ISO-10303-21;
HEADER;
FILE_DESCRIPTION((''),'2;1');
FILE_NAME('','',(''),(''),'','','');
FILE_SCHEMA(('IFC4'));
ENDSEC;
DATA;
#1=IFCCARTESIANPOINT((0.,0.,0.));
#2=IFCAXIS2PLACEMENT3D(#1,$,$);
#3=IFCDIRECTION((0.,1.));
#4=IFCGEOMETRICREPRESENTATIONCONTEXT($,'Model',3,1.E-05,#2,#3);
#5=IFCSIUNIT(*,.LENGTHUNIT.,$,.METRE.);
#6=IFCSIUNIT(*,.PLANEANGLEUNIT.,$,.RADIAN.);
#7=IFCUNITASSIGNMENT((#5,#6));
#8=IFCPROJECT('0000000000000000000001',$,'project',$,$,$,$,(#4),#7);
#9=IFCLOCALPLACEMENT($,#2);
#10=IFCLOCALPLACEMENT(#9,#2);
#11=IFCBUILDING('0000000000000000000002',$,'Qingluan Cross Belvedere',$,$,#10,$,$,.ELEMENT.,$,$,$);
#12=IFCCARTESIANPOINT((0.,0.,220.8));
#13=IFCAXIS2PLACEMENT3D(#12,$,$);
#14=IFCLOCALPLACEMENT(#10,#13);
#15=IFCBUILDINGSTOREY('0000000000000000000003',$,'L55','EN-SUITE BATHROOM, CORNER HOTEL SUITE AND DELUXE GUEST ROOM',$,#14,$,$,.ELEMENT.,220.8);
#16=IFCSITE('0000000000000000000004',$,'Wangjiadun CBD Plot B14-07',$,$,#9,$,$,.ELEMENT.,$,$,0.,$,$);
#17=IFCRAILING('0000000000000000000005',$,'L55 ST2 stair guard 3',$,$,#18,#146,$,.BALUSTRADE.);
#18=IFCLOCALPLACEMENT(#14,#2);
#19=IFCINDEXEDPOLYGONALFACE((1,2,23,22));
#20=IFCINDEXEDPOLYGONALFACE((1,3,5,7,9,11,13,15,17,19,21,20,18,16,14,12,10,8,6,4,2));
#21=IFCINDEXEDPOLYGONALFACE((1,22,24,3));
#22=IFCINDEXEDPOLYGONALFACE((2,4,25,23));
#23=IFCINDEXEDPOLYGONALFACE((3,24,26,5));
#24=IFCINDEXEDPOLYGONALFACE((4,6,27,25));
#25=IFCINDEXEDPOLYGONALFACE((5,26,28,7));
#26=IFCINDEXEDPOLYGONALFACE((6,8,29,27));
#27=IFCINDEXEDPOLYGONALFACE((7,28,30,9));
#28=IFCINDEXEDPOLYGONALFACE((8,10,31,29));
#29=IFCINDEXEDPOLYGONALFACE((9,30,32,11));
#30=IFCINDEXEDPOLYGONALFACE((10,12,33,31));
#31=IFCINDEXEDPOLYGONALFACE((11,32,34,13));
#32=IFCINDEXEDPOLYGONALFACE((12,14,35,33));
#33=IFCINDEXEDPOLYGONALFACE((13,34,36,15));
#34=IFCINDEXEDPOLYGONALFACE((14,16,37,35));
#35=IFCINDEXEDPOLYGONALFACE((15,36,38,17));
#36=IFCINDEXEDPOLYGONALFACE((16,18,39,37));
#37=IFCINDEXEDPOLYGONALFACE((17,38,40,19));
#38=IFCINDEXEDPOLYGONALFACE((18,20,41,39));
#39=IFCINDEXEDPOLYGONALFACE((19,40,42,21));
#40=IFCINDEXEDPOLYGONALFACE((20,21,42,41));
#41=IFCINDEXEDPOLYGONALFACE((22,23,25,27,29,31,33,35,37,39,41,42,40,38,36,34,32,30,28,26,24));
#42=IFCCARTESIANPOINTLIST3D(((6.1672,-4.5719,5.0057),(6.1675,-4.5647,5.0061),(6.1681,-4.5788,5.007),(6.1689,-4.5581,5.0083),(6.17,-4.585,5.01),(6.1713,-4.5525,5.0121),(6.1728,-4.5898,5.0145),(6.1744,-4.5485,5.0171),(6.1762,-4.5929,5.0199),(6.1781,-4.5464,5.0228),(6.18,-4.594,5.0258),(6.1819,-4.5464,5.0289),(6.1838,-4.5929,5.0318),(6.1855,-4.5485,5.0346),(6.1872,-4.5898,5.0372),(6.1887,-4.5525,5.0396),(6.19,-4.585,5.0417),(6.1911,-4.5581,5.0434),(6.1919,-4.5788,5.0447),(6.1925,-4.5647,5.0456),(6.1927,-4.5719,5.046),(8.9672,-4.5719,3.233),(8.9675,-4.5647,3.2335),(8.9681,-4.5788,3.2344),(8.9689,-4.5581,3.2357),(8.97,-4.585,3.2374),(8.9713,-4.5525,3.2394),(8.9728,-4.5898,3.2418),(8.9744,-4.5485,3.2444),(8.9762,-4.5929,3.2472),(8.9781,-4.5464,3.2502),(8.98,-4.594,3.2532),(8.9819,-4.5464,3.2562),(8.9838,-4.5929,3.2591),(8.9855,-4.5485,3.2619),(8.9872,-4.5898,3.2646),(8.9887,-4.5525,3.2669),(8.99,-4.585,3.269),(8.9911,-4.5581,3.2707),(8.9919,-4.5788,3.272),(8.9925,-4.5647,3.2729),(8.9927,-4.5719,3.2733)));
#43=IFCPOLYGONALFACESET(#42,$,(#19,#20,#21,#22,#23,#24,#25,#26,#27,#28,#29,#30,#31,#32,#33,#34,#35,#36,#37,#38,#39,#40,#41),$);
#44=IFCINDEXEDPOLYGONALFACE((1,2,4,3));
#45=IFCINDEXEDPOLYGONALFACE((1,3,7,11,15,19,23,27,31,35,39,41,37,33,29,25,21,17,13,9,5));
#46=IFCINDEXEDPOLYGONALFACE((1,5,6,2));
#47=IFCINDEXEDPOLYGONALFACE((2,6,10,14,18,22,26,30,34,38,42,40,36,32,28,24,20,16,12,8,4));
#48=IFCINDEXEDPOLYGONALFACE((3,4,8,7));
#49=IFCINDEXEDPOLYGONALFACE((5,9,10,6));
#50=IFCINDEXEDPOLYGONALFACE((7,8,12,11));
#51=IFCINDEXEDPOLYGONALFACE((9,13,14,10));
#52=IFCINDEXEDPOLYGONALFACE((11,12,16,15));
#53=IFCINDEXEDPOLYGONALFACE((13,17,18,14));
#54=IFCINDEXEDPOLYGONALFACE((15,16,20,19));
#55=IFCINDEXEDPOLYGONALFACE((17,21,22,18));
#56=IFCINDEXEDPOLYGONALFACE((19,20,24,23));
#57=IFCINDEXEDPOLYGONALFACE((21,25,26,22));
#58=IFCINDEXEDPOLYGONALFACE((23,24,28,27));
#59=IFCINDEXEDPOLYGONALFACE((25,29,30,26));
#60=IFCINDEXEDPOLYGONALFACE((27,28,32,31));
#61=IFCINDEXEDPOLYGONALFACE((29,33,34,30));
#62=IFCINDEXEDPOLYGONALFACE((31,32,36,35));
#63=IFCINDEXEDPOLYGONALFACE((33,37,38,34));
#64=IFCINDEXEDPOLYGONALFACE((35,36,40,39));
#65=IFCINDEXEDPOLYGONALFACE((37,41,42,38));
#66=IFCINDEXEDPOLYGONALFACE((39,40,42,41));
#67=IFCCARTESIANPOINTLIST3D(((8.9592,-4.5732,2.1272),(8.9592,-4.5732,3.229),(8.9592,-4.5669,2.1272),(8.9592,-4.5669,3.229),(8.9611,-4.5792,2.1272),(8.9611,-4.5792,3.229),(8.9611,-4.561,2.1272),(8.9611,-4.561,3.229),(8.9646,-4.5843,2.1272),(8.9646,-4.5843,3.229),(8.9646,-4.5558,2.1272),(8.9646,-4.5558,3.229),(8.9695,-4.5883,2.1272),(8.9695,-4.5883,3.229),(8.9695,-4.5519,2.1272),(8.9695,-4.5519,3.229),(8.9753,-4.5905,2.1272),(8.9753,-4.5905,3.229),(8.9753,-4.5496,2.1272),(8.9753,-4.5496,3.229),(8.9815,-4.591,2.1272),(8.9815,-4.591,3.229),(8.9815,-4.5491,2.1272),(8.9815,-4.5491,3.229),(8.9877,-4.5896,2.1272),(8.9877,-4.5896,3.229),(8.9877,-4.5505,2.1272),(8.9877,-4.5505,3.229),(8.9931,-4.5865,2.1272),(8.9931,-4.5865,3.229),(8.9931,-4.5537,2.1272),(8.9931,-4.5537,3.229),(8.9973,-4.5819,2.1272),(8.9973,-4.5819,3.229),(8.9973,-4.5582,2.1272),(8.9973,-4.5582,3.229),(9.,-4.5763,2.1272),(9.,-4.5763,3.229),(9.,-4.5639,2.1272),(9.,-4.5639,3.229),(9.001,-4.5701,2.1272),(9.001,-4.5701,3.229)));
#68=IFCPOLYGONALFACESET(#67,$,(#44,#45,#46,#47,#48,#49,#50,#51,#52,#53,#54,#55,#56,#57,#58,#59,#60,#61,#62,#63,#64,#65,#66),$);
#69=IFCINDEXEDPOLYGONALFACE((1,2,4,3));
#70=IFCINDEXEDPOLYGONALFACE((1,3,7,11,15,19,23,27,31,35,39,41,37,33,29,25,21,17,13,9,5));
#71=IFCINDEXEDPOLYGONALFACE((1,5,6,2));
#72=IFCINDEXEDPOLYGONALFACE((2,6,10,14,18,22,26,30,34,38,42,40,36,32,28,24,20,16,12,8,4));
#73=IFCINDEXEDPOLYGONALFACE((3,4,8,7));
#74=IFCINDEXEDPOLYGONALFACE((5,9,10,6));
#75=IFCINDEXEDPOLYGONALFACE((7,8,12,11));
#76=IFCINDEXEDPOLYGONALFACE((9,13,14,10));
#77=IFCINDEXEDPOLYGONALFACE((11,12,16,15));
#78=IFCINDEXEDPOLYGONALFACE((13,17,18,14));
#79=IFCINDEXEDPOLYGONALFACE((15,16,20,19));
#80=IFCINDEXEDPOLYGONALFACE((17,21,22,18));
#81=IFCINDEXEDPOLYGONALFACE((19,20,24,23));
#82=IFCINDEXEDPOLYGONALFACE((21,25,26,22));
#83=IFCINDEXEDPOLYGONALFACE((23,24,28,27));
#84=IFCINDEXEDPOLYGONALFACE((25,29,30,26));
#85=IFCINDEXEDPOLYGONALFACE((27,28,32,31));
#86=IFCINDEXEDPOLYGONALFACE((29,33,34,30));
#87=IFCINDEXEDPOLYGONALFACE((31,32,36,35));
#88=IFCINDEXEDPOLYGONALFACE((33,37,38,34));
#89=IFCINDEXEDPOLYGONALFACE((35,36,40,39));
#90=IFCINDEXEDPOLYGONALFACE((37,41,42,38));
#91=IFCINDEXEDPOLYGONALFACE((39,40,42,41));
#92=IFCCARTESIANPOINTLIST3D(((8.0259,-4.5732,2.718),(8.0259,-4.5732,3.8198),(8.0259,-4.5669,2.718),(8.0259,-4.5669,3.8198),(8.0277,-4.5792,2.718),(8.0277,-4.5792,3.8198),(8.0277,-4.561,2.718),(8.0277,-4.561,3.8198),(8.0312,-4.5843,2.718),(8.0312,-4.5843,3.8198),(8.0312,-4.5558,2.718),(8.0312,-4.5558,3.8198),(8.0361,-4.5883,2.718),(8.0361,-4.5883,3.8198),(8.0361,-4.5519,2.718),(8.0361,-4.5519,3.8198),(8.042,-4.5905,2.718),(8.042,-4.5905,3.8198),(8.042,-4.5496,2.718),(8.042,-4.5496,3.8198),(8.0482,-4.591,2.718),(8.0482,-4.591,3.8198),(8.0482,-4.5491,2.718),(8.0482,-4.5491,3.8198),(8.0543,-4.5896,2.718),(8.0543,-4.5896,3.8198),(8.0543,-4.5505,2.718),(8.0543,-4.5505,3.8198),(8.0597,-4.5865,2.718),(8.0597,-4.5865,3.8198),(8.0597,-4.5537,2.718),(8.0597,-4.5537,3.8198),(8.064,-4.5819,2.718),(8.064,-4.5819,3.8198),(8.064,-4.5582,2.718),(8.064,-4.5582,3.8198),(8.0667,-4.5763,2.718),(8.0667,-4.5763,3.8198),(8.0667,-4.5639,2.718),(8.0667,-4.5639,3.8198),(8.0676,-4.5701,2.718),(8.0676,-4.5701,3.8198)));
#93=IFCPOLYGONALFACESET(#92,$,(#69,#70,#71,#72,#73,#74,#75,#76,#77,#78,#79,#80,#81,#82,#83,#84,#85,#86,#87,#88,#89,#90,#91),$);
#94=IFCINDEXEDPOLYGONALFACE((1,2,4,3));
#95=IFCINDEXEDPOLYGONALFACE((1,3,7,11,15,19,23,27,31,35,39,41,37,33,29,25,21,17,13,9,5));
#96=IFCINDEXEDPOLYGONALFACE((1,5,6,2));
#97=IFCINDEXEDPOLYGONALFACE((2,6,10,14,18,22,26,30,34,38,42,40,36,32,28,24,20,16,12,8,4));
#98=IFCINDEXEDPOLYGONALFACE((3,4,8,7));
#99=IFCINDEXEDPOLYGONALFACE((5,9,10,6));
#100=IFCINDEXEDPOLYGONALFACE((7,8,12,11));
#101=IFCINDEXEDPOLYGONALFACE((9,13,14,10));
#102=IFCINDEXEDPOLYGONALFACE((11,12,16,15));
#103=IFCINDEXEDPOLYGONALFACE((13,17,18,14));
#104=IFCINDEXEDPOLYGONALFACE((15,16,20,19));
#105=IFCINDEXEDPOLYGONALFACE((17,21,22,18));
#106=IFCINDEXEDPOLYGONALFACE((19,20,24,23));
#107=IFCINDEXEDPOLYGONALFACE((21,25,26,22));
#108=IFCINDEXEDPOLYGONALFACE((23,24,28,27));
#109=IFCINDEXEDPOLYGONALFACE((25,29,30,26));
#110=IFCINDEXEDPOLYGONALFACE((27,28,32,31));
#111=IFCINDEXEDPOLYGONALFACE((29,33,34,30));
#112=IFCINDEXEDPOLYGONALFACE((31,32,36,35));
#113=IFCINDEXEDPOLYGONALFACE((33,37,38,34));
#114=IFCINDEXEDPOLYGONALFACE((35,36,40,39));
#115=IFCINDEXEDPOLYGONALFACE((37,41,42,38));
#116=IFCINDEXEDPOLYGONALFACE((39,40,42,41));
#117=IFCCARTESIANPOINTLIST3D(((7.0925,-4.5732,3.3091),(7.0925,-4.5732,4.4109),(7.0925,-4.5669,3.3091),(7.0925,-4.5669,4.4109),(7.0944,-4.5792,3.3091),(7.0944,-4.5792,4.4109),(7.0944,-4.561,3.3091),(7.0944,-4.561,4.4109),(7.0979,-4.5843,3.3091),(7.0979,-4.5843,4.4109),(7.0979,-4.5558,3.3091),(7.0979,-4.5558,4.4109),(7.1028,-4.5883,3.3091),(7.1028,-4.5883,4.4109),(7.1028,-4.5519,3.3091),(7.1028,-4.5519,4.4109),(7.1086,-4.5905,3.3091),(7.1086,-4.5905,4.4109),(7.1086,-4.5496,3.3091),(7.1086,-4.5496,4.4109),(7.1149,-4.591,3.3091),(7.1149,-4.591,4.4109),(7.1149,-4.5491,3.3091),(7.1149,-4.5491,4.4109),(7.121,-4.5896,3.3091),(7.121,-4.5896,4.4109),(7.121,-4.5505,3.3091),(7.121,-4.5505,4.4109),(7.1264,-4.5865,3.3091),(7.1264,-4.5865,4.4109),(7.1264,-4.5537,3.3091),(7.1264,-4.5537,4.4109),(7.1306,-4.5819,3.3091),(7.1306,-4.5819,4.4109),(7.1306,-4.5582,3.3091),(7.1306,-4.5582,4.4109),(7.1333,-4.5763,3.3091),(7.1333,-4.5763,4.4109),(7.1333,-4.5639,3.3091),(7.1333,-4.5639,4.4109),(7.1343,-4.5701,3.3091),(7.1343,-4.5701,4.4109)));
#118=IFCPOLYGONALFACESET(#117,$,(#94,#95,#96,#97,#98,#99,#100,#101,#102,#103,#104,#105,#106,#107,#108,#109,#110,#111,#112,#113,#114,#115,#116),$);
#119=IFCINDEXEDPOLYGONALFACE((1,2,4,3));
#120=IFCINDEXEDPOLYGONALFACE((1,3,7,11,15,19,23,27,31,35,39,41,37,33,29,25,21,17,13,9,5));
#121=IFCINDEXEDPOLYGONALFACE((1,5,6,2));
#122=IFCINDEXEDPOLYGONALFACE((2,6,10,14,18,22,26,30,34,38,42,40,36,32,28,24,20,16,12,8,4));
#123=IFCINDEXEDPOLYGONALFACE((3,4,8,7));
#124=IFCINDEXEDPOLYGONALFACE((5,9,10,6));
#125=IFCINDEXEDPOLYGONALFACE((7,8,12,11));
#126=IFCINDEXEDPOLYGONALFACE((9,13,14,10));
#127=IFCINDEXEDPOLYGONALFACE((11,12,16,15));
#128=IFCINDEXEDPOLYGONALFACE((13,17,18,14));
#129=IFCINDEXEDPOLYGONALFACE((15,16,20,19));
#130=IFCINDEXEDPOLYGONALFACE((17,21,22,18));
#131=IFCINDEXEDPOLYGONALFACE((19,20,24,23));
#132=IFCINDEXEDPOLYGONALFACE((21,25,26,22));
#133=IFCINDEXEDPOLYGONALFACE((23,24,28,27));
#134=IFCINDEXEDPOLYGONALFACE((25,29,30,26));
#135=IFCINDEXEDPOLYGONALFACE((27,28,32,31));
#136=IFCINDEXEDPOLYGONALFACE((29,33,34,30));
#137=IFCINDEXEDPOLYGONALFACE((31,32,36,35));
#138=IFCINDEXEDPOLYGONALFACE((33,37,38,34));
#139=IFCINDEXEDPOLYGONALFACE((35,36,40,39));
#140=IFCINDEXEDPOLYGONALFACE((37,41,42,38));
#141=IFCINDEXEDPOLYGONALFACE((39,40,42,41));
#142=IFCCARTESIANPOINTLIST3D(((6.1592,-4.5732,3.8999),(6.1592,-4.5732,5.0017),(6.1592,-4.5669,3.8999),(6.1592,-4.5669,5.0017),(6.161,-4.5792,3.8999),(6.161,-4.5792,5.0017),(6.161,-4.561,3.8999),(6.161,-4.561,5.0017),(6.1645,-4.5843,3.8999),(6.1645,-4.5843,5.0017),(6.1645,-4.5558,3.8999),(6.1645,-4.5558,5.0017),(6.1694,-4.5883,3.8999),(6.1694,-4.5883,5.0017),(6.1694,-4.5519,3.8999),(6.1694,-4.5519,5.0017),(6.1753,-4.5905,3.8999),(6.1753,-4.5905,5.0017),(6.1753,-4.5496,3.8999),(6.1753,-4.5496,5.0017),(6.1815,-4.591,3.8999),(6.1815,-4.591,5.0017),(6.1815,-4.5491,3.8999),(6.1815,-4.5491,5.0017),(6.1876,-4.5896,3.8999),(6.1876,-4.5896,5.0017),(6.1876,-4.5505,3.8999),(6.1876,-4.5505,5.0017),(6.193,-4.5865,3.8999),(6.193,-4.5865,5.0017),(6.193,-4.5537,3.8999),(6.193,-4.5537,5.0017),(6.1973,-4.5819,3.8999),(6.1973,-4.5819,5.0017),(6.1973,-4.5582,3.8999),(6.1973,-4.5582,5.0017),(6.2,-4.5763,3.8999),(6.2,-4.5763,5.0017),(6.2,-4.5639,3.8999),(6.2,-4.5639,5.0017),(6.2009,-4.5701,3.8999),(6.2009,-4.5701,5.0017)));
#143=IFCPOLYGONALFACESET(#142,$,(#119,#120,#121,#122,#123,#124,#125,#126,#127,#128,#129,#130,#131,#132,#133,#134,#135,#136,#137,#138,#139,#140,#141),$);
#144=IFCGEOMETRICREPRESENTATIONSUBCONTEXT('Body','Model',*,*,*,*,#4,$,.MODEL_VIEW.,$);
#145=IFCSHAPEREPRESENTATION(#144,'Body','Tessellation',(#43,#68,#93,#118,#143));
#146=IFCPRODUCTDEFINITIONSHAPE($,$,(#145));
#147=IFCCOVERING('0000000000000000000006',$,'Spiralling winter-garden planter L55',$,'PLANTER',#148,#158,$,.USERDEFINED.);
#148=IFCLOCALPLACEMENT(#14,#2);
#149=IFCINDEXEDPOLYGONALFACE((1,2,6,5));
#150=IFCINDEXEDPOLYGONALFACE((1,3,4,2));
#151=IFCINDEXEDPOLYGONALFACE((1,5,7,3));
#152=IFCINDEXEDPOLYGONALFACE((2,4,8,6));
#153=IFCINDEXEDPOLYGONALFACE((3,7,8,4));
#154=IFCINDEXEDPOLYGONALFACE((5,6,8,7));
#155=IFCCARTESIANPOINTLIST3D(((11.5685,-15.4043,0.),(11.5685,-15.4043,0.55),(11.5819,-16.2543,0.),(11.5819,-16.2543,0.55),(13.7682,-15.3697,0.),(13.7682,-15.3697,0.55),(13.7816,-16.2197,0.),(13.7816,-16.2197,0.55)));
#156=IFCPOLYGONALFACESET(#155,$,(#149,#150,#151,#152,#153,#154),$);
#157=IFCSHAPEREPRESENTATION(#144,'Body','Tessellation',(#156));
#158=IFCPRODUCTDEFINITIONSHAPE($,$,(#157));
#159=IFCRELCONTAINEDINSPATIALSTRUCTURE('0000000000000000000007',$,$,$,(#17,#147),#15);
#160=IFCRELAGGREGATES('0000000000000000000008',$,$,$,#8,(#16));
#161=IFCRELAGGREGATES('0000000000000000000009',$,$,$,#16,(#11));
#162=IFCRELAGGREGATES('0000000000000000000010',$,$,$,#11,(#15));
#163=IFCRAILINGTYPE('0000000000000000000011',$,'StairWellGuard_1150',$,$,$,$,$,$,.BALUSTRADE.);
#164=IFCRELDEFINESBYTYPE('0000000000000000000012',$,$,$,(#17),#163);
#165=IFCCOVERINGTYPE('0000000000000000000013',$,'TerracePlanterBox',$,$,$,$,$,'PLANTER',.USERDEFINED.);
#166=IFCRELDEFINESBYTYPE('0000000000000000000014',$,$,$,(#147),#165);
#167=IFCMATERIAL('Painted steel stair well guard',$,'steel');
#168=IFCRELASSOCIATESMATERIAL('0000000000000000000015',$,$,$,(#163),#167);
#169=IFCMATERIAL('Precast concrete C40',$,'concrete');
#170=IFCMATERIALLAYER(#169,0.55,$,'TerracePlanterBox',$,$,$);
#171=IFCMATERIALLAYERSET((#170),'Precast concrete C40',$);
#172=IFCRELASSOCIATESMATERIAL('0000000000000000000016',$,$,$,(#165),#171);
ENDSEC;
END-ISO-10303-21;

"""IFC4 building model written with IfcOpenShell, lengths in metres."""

from ifc_helpers import new_model, si_unit, direction, frame, origin, origin_2d, place, context, subcontext, project, spatial, rectangle, circle, extrude, material, layer, layer_set, type_object, element, save


model = new_model("IFC4")

# Units and contexts
model_context = context("Model", 3, precision=1e-05, world=origin(), true_north=direction((0.0, 1.0)))
body_context = subcontext(model_context, "Body", "Model", "MODEL_VIEW")
ifc_project = project(units=[si_unit("LENGTHUNIT", "METRE"), si_unit("PLANEANGLEUNIT", "RADIAN")], contexts=[model_context])

# Site, building, storey
site_placement = place(None, origin())
site = spatial("IfcSite", under=ifc_project, at=site_placement, Name="Wangjiadun CBD Plot B14-07", CompositionType="ELEMENT", RefElevation=0.0)
building_placement = place(site_placement, origin())
building = spatial("IfcBuilding", under=site, at=building_placement, Name="Qingluan Cross Belvedere", CompositionType="ELEMENT")
storey_placement = place(building_placement, frame((0.0, 0.0, 220.8)))
storey = spatial("IfcBuildingStorey", under=building, at=storey_placement, Name="L55", Description="EN-SUITE BATHROOM, CORNER HOTEL SUITE AND DELUXE GUEST ROOM", CompositionType="ELEMENT", Elevation=220.8)

# Railing
ifc_material_1 = material(Name="Painted steel stair well guard", Category="steel")
railing_type_1 = type_object("IfcRailingType", Name="StairWellGuard_1150", PredefinedType="BALUSTRADE", material=ifc_material_1)
railing_1_placement = place(storey_placement, frame((8.98, -4.5701, 2.1272)))
element("IfcRailing", 1, at=railing_1_placement, inside=storey, type_object=railing_type_1, Name="L55 ST2 stair guard 3", PredefinedType="BALUSTRADE", context=body_context, shape_type="SweptSolid", body=[
    extrude(circle(Radius=0.0239, at=origin_2d()), frame((0.0, 0.0, 1.126), z_axis=(-0.844909, 0.0, 0.53491), x_axis=(0.0, -1.0, 0.0)), (0.0, 0.0, 1.0), 3.314),
    extrude(circle(Radius=0.021, at=origin_2d()), origin(), (0.0, 0.0, 1.0), 1.1018),
    extrude(circle(Radius=0.021, at=origin_2d()), frame((-0.9333, 0.0, 0.5908)), (0.0, 0.0, 1.0), 1.1018),
    extrude(circle(Radius=0.021, at=origin_2d()), frame((-1.8667, 0.0, 1.1819)), (0.0, 0.0, 1.0), 1.1018),
    extrude(circle(Radius=0.021, at=origin_2d()), frame((-2.8, 0.0, 1.7727)), (0.0, 0.0, 1.0), 1.1018),
])

# Covering
ifc_material_2 = material(Name="Precast concrete C40", Category="concrete")
ifc_layer_1 = layer(ifc_material_2, 0.55, Name="TerracePlanterBox")
ifc_layer_set_1 = layer_set([ifc_layer_1], Name="Precast concrete C40")
covering_type_1 = type_object("IfcCoveringType", Name="TerracePlanterBox", ElementType="PLANTER", PredefinedType="USERDEFINED", material=ifc_layer_set_1)
covering_1_placement = place(storey_placement, frame((12.675, -15.812, 0.0), z_axis=(0.0, 0.0, 1.0), x_axis=(0.999877, 0.015707, 0.0)))
element("IfcCovering", 2, at=covering_1_placement, inside=storey, type_object=covering_type_1, Name="Spiralling winter-garden planter L55", ObjectType="PLANTER", PredefinedType="USERDEFINED", context=body_context, shape_type="SweptSolid", body=[
    extrude(rectangle(XDim=2.2, YDim=0.8501, at=origin_2d()), origin(), (0.0, 0.0, 1.0), 0.55),
])

save(model, "model.ifc")
